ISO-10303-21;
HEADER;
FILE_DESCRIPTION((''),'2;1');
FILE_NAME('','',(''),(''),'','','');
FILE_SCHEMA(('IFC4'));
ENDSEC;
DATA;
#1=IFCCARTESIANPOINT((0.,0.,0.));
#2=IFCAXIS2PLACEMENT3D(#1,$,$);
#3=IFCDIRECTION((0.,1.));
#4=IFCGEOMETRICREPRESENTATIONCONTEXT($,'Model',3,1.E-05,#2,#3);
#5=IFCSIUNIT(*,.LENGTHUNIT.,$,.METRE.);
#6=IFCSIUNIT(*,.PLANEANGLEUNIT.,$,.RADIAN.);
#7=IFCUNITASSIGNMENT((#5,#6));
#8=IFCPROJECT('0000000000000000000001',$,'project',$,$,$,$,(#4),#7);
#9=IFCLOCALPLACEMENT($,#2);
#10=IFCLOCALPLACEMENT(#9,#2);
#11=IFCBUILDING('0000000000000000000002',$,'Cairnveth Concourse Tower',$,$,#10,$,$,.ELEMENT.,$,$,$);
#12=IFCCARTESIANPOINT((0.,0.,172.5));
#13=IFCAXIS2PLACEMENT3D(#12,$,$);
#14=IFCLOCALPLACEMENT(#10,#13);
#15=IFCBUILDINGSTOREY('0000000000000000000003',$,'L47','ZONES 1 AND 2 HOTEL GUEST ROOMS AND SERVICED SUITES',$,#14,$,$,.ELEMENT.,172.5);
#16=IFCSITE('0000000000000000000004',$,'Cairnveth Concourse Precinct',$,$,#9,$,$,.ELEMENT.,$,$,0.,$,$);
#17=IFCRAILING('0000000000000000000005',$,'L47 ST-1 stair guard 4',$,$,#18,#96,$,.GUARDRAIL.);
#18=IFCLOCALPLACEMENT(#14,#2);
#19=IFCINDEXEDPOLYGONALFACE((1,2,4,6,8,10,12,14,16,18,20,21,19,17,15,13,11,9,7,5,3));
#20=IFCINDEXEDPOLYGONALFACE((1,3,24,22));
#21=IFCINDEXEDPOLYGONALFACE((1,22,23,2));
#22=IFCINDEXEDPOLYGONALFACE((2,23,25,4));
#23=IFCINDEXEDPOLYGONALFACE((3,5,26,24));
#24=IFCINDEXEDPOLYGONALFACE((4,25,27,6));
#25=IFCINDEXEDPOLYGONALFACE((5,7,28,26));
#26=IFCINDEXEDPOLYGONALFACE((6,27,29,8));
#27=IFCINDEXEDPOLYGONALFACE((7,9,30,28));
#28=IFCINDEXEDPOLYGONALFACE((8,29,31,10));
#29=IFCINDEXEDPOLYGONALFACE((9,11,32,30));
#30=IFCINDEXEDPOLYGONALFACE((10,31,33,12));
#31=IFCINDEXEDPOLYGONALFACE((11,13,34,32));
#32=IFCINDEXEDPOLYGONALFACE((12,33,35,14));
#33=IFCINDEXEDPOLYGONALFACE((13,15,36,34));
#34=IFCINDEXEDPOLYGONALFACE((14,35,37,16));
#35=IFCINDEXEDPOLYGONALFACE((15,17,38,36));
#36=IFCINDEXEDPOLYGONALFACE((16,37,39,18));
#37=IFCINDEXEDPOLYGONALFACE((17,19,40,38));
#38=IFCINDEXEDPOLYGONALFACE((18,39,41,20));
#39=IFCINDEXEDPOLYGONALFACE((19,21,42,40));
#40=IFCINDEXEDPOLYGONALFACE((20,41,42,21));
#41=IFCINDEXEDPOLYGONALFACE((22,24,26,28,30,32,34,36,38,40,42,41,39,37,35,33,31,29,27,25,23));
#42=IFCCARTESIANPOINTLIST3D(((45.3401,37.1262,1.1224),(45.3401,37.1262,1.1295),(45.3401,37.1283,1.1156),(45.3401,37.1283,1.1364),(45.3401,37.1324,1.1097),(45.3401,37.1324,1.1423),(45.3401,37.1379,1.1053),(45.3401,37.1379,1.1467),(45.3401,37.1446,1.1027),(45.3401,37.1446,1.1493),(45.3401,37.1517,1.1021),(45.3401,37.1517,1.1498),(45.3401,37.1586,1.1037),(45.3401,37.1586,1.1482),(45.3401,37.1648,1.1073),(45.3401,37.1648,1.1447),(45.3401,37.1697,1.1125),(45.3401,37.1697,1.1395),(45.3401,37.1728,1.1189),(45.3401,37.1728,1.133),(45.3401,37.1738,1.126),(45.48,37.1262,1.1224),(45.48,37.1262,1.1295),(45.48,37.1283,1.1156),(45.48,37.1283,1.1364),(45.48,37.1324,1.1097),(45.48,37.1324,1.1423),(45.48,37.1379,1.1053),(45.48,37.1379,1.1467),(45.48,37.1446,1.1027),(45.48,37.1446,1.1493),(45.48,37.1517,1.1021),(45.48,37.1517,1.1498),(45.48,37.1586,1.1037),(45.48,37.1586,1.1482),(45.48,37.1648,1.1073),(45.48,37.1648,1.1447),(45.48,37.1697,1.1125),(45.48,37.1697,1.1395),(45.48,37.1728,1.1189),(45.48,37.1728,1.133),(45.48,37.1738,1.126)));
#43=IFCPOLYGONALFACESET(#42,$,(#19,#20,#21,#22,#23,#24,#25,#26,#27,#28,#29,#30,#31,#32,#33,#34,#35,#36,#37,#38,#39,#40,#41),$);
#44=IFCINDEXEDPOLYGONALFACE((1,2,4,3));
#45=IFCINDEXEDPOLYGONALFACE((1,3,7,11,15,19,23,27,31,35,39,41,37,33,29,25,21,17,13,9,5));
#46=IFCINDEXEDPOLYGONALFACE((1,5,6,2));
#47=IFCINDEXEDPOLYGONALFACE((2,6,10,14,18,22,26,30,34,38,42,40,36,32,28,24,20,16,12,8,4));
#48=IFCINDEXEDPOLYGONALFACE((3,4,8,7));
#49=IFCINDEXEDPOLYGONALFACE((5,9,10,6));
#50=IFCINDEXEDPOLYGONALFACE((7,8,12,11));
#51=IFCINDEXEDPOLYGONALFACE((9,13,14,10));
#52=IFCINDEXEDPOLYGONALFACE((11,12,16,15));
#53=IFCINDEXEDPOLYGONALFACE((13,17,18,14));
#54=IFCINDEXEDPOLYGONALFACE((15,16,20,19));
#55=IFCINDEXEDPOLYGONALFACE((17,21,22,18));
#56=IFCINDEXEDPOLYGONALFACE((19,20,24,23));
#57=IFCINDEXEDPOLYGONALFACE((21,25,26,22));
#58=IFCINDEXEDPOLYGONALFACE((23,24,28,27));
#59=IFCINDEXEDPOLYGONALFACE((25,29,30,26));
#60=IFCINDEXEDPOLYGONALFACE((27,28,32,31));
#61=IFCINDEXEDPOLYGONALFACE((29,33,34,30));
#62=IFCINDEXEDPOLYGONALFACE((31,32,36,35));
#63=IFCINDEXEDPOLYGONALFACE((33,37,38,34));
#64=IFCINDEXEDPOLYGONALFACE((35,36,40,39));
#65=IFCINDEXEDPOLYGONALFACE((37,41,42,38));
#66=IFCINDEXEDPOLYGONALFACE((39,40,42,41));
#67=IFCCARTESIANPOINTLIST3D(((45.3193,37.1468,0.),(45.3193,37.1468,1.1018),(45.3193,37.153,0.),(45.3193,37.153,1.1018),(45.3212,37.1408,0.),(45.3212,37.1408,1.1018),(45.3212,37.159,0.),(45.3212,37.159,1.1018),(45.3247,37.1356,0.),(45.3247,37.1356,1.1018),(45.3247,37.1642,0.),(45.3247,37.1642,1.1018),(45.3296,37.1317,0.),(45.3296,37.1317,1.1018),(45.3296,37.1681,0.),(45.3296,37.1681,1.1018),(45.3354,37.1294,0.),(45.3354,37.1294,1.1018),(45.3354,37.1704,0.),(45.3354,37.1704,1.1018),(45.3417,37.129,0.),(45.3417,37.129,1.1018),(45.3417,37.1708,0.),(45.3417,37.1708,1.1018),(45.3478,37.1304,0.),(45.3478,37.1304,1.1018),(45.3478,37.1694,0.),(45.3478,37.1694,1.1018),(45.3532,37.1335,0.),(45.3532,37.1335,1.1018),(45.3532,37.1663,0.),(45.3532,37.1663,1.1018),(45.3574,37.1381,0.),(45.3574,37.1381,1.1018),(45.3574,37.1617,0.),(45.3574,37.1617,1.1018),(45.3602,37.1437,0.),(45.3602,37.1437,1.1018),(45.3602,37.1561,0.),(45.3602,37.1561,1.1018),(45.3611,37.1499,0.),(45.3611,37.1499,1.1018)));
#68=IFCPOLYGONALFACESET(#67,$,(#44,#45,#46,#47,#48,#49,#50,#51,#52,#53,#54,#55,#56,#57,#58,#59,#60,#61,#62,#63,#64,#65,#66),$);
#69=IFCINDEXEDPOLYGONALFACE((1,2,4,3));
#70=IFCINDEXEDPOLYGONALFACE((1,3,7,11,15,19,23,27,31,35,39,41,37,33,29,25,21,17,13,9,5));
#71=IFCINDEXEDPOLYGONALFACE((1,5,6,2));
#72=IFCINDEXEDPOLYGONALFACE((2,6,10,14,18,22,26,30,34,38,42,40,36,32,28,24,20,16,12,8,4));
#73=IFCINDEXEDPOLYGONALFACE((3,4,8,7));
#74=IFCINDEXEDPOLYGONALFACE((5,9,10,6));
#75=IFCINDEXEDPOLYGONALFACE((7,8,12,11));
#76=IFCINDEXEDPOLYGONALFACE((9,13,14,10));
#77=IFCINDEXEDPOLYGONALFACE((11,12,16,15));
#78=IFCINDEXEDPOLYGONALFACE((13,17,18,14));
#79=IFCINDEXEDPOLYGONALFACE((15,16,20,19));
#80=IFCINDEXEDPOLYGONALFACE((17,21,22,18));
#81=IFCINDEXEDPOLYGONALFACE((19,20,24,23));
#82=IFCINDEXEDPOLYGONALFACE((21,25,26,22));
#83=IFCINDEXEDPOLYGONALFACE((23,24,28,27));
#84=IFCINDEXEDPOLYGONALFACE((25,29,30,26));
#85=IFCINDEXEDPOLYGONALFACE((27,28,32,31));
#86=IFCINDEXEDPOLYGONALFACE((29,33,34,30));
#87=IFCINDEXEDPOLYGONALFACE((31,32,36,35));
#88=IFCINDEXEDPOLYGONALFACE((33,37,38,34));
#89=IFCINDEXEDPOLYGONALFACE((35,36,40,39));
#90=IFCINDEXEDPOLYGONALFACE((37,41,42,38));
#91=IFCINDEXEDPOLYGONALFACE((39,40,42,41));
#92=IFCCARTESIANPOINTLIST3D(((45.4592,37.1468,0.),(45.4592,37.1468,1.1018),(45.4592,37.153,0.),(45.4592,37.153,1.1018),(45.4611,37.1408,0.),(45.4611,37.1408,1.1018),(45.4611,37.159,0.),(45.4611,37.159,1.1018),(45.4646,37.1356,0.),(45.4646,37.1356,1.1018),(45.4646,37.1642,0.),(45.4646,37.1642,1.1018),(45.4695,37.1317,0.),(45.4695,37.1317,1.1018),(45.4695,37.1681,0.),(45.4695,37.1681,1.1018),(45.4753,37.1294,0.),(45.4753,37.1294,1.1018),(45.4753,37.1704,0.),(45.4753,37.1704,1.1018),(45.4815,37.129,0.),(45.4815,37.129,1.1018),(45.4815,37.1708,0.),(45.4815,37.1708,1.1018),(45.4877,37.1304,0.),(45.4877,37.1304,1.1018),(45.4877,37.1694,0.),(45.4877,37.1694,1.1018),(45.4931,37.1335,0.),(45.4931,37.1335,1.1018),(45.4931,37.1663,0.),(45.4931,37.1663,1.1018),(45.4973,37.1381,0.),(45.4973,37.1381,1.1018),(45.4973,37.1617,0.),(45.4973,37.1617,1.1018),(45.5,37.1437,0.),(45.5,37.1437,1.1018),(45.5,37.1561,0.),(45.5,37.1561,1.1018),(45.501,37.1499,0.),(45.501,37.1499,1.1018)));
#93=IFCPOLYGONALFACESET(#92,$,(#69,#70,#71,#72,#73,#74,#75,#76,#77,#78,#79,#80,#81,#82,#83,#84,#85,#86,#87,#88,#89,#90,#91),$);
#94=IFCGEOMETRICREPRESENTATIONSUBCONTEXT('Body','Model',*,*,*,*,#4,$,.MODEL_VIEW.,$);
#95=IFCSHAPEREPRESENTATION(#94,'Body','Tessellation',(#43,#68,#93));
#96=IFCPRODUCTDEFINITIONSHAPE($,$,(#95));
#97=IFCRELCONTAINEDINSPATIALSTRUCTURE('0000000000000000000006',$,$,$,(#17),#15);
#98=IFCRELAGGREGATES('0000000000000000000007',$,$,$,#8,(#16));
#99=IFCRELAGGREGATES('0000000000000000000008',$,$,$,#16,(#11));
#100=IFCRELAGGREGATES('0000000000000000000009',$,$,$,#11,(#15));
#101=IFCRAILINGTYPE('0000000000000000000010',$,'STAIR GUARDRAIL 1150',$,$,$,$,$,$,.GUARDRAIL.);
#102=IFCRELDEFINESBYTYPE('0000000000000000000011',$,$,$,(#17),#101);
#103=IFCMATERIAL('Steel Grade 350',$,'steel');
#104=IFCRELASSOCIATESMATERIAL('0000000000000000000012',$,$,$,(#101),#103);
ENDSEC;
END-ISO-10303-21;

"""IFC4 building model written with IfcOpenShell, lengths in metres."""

from ifc_helpers import new_model, si_unit, direction, frame, origin, origin_2d, place, context, subcontext, project, spatial, circle, extrude, material, type_object, element, save


model = new_model("IFC4")

# Units and contexts
model_context = context("Model", 3, precision=1e-05, world=origin(), true_north=direction((0.0, 1.0)))
body_context = subcontext(model_context, "Body", "Model", "MODEL_VIEW")
ifc_project = project(units=[si_unit("LENGTHUNIT", "METRE"), si_unit("PLANEANGLEUNIT", "RADIAN")], contexts=[model_context])

# Site, building, storey
site_placement = place(None, origin())
site = spatial("IfcSite", under=ifc_project, at=site_placement, Name="Cairnveth Concourse Precinct", CompositionType="ELEMENT", RefElevation=0.0)
building_placement = place(site_placement, origin())
building = spatial("IfcBuilding", under=site, at=building_placement, Name="Cairnveth Concourse Tower", CompositionType="ELEMENT")
storey_placement = place(building_placement, frame((0.0, 0.0, 172.5)))
storey = spatial("IfcBuildingStorey", under=building, at=storey_placement, Name="L47", Description="ZONES 1 AND 2 HOTEL GUEST ROOMS AND SERVICED SUITES", CompositionType="ELEMENT", Elevation=172.5)

# Shared definitions
ifc_material_1 = material(Name="Steel Grade 350", Category="steel")

# Railing
railing_type_1 = type_object("IfcRailingType", Name="STAIR GUARDRAIL 1150", PredefinedType="GUARDRAIL", material=ifc_material_1)
railing_1_placement = place(storey_placement, frame((45.3401, 37.1499, 0.0)))
element("IfcRailing", 1, at=railing_1_placement, inside=storey, type_object=railing_type_1, Name="L47 ST-1 stair guard 4", PredefinedType="GUARDRAIL", context=body_context, shape_type="SweptSolid", body=[
    extrude(circle(Radius=0.0239, at=origin_2d()), frame((0.0, 0.0, 1.126), z_axis=(1.0, 0.0, 0.0), x_axis=(0.0, 1.0, 0.0)), (0.0, 0.0, 1.0), 0.1399),
    extrude(circle(Radius=0.021, at=origin_2d()), origin(), (0.0, 0.0, 1.0), 1.1018),
    extrude(circle(Radius=0.021, at=origin_2d()), frame((0.1399, 0.0, 0.0)), (0.0, 0.0, 1.0), 1.1018),
])

save(model, "model.ifc")
